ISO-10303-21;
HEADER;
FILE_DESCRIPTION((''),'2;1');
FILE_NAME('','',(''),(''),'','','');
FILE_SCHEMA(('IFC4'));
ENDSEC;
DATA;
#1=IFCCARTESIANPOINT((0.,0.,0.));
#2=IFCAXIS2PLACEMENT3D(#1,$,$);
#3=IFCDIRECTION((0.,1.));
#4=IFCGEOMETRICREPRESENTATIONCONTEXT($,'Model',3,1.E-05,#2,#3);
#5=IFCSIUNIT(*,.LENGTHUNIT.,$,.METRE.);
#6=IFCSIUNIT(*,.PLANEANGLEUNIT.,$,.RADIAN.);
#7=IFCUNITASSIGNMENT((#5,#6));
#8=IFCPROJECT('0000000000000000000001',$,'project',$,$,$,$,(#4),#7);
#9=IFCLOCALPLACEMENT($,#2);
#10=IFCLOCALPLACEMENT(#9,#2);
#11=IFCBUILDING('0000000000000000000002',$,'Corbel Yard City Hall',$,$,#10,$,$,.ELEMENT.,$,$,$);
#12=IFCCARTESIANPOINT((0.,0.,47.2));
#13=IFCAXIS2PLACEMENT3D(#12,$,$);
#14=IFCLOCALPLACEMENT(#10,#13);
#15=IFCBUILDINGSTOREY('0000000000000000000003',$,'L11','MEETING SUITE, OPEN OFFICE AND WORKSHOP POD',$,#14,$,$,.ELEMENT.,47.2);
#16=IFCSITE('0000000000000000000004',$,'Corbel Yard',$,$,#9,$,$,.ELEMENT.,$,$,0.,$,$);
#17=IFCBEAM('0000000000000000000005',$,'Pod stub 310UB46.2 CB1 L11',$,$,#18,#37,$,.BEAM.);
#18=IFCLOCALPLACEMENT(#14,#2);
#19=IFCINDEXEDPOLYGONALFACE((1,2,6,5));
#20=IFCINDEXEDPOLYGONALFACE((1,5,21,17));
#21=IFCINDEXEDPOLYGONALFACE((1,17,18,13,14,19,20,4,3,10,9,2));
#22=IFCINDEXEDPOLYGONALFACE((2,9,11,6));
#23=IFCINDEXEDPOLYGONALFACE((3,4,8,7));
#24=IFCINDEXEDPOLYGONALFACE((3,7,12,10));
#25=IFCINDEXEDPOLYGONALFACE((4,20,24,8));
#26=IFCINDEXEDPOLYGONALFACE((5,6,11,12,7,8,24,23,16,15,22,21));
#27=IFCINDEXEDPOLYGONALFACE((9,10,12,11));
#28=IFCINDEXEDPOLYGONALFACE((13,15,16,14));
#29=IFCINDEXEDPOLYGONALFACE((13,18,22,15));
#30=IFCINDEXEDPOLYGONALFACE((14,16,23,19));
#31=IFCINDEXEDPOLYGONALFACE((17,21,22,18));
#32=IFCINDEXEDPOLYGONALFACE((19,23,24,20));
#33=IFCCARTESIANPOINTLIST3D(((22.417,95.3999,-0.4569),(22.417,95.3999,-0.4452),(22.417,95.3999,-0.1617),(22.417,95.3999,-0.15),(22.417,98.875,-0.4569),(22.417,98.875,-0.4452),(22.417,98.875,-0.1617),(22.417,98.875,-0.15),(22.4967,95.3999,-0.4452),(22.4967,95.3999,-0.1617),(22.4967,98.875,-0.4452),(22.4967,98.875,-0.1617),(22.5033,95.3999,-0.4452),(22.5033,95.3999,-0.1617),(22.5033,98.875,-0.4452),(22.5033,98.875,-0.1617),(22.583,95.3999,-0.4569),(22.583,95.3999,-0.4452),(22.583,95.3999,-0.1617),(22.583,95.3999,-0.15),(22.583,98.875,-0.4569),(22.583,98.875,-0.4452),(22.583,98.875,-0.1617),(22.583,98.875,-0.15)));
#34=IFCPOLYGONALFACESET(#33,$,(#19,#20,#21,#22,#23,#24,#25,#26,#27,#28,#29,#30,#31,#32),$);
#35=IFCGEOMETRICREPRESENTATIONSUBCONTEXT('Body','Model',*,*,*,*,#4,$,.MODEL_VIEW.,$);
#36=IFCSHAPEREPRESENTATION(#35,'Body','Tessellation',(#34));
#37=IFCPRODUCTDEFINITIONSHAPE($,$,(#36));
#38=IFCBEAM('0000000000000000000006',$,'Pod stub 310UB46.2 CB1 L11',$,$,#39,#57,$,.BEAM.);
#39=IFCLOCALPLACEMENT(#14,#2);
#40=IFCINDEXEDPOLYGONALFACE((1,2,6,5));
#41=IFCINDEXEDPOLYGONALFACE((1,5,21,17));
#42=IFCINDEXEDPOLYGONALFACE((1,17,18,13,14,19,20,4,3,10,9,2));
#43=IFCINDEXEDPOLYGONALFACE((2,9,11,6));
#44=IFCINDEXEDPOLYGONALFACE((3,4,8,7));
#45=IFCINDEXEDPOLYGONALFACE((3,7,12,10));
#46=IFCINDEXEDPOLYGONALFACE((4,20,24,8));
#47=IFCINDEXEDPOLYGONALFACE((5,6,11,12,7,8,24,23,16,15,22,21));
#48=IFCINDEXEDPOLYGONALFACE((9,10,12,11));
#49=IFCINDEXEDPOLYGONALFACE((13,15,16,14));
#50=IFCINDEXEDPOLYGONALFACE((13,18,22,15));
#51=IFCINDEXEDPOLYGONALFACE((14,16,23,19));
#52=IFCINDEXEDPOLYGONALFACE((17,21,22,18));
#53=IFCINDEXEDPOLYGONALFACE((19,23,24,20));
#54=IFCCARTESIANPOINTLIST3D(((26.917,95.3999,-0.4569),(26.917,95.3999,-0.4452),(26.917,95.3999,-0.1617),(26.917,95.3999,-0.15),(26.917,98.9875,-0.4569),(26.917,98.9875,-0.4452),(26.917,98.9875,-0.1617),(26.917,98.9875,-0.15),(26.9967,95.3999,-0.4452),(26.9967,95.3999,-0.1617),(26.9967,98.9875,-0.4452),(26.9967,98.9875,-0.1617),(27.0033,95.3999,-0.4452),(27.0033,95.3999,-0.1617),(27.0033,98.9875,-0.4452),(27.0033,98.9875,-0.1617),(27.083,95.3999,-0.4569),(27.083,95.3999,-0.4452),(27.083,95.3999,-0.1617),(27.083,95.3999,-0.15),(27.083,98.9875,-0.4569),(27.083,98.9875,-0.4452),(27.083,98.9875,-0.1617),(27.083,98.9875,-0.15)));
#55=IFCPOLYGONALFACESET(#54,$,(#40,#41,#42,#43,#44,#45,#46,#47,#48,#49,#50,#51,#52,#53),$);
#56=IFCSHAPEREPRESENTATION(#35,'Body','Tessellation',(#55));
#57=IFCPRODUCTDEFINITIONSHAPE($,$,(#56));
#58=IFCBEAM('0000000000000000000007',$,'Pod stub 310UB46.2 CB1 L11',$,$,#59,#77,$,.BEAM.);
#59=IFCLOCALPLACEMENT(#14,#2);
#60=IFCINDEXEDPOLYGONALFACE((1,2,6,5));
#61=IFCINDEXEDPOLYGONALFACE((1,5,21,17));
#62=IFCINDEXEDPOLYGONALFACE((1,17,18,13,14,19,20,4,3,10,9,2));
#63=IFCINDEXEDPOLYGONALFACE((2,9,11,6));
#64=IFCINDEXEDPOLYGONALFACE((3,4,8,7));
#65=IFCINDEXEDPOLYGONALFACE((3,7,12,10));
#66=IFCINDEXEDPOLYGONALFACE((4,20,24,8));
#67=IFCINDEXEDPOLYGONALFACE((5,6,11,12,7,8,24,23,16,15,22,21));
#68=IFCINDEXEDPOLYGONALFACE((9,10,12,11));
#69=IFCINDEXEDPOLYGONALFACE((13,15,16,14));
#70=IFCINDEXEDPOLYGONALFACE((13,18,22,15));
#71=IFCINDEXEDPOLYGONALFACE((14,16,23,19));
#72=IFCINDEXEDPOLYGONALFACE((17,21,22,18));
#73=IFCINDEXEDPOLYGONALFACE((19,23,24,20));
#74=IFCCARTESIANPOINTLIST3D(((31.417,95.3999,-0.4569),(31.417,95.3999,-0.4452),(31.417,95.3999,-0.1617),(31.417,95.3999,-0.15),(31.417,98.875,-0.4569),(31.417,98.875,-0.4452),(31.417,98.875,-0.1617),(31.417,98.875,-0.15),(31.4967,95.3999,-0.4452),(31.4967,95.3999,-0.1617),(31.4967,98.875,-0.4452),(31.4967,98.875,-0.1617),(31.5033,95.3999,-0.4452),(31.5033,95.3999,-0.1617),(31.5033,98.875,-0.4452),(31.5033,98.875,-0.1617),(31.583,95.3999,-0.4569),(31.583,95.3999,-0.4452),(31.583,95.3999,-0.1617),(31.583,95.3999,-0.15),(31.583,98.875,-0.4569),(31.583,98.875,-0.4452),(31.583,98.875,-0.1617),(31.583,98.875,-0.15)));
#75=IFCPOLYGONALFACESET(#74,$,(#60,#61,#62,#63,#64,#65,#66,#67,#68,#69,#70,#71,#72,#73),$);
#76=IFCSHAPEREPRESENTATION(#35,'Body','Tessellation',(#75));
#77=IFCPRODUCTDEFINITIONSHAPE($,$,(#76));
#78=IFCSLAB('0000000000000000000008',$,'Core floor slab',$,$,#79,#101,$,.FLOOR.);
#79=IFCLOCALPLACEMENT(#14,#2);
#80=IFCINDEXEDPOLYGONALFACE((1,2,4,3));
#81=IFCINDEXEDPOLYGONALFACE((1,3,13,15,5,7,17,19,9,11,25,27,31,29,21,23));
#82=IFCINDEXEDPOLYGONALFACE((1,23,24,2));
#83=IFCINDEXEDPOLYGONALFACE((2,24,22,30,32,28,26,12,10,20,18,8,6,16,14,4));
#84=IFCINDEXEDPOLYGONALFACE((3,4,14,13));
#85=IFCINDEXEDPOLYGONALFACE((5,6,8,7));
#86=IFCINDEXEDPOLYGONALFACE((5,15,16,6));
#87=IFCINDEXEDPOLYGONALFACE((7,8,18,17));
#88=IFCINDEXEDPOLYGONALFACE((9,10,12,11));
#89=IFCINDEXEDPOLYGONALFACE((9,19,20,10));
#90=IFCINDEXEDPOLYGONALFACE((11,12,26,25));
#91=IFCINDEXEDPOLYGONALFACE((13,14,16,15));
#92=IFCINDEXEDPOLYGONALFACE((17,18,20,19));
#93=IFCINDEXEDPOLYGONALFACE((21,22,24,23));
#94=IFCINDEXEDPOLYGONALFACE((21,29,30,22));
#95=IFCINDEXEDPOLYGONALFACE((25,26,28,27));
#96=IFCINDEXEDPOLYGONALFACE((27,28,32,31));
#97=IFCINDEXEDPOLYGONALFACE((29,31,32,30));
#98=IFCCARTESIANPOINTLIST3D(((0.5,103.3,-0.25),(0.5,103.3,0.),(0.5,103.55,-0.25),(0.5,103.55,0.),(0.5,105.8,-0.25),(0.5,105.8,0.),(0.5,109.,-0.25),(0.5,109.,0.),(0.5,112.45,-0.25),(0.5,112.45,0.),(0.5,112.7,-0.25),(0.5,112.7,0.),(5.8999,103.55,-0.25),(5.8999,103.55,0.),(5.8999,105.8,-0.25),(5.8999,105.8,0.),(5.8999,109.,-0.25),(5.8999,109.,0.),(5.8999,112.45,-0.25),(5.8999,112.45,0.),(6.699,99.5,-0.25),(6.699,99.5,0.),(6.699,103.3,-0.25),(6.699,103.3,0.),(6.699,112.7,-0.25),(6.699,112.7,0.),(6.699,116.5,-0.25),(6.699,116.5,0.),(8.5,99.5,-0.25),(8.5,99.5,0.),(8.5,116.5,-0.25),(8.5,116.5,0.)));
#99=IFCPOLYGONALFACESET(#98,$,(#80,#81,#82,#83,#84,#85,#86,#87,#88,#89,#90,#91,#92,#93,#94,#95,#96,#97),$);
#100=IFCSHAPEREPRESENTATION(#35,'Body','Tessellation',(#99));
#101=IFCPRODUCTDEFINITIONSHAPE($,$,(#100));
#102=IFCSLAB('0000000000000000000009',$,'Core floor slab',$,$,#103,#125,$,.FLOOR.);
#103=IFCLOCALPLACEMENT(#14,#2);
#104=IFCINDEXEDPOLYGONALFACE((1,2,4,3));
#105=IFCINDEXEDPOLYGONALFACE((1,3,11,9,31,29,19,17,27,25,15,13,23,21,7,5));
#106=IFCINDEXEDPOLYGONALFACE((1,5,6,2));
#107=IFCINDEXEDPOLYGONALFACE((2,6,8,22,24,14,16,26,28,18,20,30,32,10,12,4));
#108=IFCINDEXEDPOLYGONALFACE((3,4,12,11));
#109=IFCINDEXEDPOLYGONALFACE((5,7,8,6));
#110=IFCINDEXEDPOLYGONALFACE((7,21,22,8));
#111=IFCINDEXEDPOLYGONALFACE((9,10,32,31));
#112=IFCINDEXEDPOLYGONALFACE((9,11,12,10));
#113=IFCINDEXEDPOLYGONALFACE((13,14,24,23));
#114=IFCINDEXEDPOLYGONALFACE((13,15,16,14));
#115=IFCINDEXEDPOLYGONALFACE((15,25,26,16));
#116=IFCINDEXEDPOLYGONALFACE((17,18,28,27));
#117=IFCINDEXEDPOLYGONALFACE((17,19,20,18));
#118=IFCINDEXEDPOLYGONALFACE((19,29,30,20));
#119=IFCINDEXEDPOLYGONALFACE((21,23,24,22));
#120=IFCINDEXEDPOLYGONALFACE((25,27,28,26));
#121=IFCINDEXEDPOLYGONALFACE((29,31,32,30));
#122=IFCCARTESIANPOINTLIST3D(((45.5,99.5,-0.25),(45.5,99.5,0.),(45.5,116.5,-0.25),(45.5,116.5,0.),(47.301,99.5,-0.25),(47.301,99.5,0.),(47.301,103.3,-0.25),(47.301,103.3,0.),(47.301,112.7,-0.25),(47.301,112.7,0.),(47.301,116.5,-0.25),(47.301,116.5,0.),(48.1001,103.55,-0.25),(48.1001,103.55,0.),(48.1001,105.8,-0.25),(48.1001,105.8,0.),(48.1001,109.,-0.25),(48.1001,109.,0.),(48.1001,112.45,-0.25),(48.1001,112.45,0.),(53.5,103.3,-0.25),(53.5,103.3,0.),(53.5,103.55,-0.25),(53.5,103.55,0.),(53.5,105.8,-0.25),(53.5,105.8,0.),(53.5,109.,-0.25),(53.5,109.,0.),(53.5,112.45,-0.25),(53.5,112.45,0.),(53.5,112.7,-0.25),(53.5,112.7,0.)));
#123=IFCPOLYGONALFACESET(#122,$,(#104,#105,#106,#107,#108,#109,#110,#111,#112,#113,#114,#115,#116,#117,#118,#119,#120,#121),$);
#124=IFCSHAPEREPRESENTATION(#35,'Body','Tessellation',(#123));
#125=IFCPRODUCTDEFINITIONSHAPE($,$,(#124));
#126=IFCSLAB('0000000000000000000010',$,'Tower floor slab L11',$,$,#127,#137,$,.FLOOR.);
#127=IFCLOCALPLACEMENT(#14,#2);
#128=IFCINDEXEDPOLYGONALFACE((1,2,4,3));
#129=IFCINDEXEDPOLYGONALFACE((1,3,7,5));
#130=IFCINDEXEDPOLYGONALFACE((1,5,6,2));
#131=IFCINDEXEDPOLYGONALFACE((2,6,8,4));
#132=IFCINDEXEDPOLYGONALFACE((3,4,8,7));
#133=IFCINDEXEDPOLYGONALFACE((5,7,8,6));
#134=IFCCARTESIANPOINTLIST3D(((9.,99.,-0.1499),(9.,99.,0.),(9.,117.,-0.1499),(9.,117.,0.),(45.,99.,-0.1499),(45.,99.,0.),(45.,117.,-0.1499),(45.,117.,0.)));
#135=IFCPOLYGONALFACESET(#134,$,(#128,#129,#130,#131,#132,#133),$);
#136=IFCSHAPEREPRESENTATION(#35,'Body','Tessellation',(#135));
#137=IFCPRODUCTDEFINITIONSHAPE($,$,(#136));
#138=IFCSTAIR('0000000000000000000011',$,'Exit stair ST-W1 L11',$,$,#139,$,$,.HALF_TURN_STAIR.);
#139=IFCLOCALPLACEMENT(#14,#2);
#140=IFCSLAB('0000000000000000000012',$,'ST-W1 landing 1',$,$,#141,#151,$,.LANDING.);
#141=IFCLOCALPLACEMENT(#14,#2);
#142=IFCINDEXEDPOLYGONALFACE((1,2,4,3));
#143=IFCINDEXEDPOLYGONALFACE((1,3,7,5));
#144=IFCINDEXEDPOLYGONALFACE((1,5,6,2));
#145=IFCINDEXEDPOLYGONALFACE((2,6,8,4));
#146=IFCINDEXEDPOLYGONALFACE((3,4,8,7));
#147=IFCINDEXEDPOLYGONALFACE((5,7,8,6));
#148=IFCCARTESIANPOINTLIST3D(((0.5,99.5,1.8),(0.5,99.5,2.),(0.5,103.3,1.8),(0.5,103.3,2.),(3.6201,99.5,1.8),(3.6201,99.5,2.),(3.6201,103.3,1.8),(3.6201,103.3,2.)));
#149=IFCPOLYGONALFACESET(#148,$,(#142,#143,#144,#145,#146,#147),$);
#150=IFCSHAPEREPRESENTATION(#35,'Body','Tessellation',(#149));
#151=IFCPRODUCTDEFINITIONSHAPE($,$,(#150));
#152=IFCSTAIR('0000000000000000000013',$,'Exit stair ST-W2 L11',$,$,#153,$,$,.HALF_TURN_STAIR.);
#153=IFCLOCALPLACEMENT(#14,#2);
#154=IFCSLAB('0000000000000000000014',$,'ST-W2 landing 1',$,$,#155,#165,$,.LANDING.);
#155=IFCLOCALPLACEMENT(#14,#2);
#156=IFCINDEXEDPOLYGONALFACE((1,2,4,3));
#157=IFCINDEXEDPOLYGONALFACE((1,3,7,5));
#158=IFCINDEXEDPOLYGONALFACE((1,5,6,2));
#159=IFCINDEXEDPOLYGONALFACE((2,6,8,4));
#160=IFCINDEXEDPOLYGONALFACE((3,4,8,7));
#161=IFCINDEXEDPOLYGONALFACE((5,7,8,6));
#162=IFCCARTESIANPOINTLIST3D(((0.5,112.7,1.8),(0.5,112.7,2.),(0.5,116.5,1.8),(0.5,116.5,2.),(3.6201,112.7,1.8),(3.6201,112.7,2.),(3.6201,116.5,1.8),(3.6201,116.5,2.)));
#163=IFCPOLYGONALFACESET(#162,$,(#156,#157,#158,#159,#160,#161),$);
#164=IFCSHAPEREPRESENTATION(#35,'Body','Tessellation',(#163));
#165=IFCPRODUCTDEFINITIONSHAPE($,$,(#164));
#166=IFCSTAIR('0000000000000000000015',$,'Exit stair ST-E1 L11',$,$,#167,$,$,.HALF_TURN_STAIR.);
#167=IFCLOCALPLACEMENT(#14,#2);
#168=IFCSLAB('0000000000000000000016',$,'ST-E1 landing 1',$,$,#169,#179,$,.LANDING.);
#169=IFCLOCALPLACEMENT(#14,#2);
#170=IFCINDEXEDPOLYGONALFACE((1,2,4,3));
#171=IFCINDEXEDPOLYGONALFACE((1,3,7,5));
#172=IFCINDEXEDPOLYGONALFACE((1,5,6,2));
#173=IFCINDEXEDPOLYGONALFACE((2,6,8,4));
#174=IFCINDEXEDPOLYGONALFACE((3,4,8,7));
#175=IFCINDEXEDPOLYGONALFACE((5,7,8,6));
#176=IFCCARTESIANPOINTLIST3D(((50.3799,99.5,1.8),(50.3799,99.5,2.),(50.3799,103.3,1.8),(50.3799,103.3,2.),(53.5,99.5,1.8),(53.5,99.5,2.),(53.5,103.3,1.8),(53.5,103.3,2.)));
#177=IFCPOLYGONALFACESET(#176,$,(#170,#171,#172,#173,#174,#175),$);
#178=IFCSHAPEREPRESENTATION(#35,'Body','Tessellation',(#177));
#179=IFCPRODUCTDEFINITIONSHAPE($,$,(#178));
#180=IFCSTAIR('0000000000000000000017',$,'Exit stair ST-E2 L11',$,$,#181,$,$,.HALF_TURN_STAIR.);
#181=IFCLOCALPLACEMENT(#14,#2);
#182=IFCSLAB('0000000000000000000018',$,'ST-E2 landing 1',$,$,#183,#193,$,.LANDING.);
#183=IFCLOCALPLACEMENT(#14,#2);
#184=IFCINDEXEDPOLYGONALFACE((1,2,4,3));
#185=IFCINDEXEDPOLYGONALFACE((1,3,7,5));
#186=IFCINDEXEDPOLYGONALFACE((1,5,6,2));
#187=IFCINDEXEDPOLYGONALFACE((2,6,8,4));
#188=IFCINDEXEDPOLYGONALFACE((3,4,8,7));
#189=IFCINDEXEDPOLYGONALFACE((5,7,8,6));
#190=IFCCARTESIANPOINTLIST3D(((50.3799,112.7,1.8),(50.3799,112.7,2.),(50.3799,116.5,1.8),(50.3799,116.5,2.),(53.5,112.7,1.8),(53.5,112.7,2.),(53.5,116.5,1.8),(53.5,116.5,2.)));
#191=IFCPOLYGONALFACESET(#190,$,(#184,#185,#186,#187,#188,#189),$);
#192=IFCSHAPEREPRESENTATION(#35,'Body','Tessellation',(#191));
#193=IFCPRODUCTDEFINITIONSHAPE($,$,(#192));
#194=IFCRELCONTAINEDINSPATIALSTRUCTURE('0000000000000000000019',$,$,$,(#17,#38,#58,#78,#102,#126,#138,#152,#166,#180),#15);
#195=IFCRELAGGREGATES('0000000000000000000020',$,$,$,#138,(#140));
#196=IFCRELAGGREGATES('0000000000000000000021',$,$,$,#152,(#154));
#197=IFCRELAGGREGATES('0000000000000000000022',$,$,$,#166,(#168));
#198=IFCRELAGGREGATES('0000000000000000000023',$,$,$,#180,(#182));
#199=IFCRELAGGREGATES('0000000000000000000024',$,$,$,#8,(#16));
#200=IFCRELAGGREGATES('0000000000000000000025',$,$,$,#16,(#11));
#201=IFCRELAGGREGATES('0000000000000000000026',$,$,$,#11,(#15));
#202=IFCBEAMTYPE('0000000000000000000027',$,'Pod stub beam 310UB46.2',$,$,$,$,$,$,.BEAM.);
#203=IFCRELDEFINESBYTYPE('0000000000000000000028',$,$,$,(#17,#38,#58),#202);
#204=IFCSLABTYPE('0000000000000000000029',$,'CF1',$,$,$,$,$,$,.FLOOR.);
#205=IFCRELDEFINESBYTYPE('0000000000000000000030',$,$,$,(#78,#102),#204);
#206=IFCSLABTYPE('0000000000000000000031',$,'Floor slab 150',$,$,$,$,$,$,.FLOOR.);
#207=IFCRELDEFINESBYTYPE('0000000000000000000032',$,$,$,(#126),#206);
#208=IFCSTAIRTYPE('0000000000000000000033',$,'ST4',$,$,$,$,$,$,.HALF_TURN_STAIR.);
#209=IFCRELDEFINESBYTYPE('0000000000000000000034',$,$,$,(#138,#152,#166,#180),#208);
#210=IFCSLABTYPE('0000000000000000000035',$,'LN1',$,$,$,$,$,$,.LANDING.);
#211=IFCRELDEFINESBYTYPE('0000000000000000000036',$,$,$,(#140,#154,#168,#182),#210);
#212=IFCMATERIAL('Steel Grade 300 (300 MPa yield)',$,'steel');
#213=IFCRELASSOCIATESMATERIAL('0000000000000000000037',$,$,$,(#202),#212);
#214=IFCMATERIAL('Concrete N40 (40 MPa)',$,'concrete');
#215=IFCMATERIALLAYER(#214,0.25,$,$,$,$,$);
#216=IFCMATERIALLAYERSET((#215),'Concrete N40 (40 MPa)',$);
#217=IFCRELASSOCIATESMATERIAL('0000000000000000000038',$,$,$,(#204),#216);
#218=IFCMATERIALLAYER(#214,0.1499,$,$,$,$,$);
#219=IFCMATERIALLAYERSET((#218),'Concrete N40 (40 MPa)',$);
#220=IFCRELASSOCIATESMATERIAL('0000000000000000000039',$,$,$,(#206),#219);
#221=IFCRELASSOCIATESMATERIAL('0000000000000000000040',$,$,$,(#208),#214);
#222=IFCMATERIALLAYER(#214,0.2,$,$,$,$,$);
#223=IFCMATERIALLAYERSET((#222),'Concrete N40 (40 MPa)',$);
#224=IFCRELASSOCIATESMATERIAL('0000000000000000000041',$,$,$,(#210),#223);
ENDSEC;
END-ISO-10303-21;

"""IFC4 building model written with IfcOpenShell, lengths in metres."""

from ifc_helpers import new_model, si_unit, direction, frame, origin, origin_2d, place, context, subcontext, project, spatial, polyline, i_section, outline, extrude, material, layer, layer_set, material_profile, profile_set, type_object, element, aggregate, save


model = new_model("IFC4")

# Units and contexts
model_context = context("Model", 3, precision=1e-05, world=origin(), true_north=direction((0.0, 1.0)))
body_context = subcontext(model_context, "Body", "Model", "MODEL_VIEW")
ifc_project = project(units=[si_unit("LENGTHUNIT", "METRE"), si_unit("PLANEANGLEUNIT", "RADIAN")], contexts=[model_context])

# Site, building, storey
site_placement = place(None, origin())
site = spatial("IfcSite", under=ifc_project, at=site_placement, Name="Corbel Yard", CompositionType="ELEMENT", RefElevation=0.0)
building_placement = place(site_placement, origin())
building = spatial("IfcBuilding", under=site, at=building_placement, Name="Corbel Yard City Hall", CompositionType="ELEMENT")
storey_placement = place(building_placement, frame((0.0, 0.0, 47.2)))
storey = spatial("IfcBuildingStorey", under=building, at=storey_placement, Name="L11", Description="MEETING SUITE, OPEN OFFICE AND WORKSHOP POD", CompositionType="ELEMENT", Elevation=47.2)

# Beams
ifc_material_1 = material(Name="Steel Grade 300 (300 MPa yield)", Category="steel")
ifc_material_profile = material_profile(ifc_material_1, i_section(OverallWidth=0.166, OverallDepth=0.3069, WebThickness=0.0066, FlangeThickness=0.0117, at=origin_2d()), Name="310UB46.2")
ifc_profile_set = profile_set([ifc_material_profile], Name="Steel Grade 300 (300 MPa yield)")
beam_type = type_object("IfcBeamType", Name="Pod stub beam 310UB46.2", PredefinedType="BEAM", material=ifc_profile_set)
beam_1_placement = place(storey_placement, frame((22.5, 95.3999, -0.3035), z_axis=(0.0, 1.0, 0.0), x_axis=(-1.0, 0.0, 0.0)))
element("IfcBeam", 1, at=beam_1_placement, inside=storey, type_object=beam_type, Name="Pod stub 310UB46.2 CB1 L11", PredefinedType="BEAM", context=body_context, shape_type="SweptSolid", body=[
    extrude(i_section(OverallWidth=0.166, OverallDepth=0.3069, WebThickness=0.0066, FlangeThickness=0.0117, at=origin_2d()), origin(), (0.0, 0.0, 1.0), 3.4751),
])
beam_2_placement = place(storey_placement, frame((27.0, 95.3999, -0.3035), z_axis=(0.0, 1.0, 0.0), x_axis=(-1.0, 0.0, 0.0)))
element("IfcBeam", 2, at=beam_2_placement, inside=storey, type_object=beam_type, Name="Pod stub 310UB46.2 CB1 L11", PredefinedType="BEAM", context=body_context, shape_type="SweptSolid", body=[
    extrude(i_section(OverallWidth=0.166, OverallDepth=0.3069, WebThickness=0.0066, FlangeThickness=0.0117, at=origin_2d()), origin(), (0.0, 0.0, 1.0), 3.5876),
])
beam_3_placement = place(storey_placement, frame((31.5, 95.3999, -0.3035), z_axis=(0.0, 1.0, 0.0), x_axis=(-1.0, 0.0, 0.0)))
element("IfcBeam", 3, at=beam_3_placement, inside=storey, type_object=beam_type, Name="Pod stub 310UB46.2 CB1 L11", PredefinedType="BEAM", context=body_context, shape_type="SweptSolid", body=[
    extrude(i_section(OverallWidth=0.166, OverallDepth=0.3069, WebThickness=0.0066, FlangeThickness=0.0117, at=origin_2d()), origin(), (0.0, 0.0, 1.0), 3.4751),
])

# Slabs
ifc_material_2 = material(Name="Concrete N40 (40 MPa)", Category="concrete")
ifc_layer_1 = layer(ifc_material_2, 0.25)
ifc_layer_set_1 = layer_set([ifc_layer_1], Name="Concrete N40 (40 MPa)")
slab_type_1 = type_object("IfcSlabType", Name="CF1", PredefinedType="FLOOR", material=ifc_layer_set_1)
slab_1_placement = place(storey_placement, frame((0.0, 0.0, -0.25)))
element("IfcSlab", 4, at=slab_1_placement, inside=storey, type_object=slab_type_1, Name="Core floor slab", PredefinedType="FLOOR", context=body_context, shape_type="SweptSolid", body=[
    extrude(outline(polyline([(8.5, 116.5), (6.699, 116.5), (6.699, 112.7), (0.5, 112.7), (0.5, 112.45), (5.8999, 112.45), (5.8999, 109.0), (0.5, 109.0), (0.5, 105.8), (5.8999, 105.8), (5.8999, 103.55), (0.5, 103.55), (0.5, 103.3), (6.699, 103.3), (6.699, 99.5), (8.5, 99.5), (8.5, 116.5)])), origin(), (0.0, 0.0, 1.0), 0.25),
])
slab_2_placement = place(storey_placement, frame((0.0, 0.0, -0.25)))
element("IfcSlab", 5, at=slab_2_placement, inside=storey, type_object=slab_type_1, Name="Core floor slab", PredefinedType="FLOOR", context=body_context, shape_type="SweptSolid", body=[
    extrude(outline(polyline([(53.5, 103.3), (53.5, 103.55), (48.1001, 103.55), (48.1001, 105.8), (53.5, 105.8), (53.5, 109.0), (48.1001, 109.0), (48.1001, 112.45), (53.5, 112.45), (53.5, 112.7), (47.301, 112.7), (47.301, 116.5), (45.5, 116.5), (45.5, 99.5), (47.301, 99.5), (47.301, 103.3), (53.5, 103.3)])), origin(), (0.0, 0.0, 1.0), 0.25),
])
ifc_layer_2 = layer(ifc_material_2, 0.1499)
ifc_layer_set_2 = layer_set([ifc_layer_2], Name="Concrete N40 (40 MPa)")
slab_type_2 = type_object("IfcSlabType", Name="Floor slab 150", PredefinedType="FLOOR", material=ifc_layer_set_2)
slab_3_placement = place(storey_placement, frame((0.0, 0.0, -0.1499)))
element("IfcSlab", 6, at=slab_3_placement, inside=storey, type_object=slab_type_2, Name="Tower floor slab L11", PredefinedType="FLOOR", context=body_context, shape_type="SweptSolid", body=[
    extrude(outline(polyline([(45.0, 99.0), (45.0, 117.0), (9.0, 117.0), (9.0, 99.0), (45.0, 99.0)])), origin(), (0.0, 0.0, 1.0), 0.1499),
])

# Stairs, slabs
stair_type = type_object("IfcStairType", Name="ST4", PredefinedType="HALF_TURN_STAIR", material=ifc_material_2)
stair_1_placement = place(storey_placement, origin())
stair_1 = element("IfcStair", 7, at=stair_1_placement, inside=storey, type_object=stair_type, Name="Exit stair ST-W1 L11", PredefinedType="HALF_TURN_STAIR")
ifc_layer_3 = layer(ifc_material_2, 0.2)
ifc_layer_set_3 = layer_set([ifc_layer_3], Name="Concrete N40 (40 MPa)")
slab_type_3 = type_object("IfcSlabType", Name="LN1", PredefinedType="LANDING", material=ifc_layer_set_3)
slab_4_placement = place(storey_placement, frame((0.0, 0.0, 1.8)))
slab_4 = element("IfcSlab", 8, at=slab_4_placement, type_object=slab_type_3, Name="ST-W1 landing 1", PredefinedType="LANDING", context=body_context, shape_type="SweptSolid", body=[
    extrude(outline(polyline([(0.5, 99.5), (3.6201, 99.5), (3.6201, 103.3), (0.5, 103.3), (0.5, 99.5)])), origin(), (0.0, 0.0, 1.0), 0.2),
])
aggregate(stair_1, [slab_4])
stair_2_placement = place(storey_placement, origin())
stair_2 = element("IfcStair", 9, at=stair_2_placement, inside=storey, type_object=stair_type, Name="Exit stair ST-W2 L11", PredefinedType="HALF_TURN_STAIR")
slab_5_placement = place(storey_placement, frame((0.0, 0.0, 1.8)))
slab_5 = element("IfcSlab", 10, at=slab_5_placement, type_object=slab_type_3, Name="ST-W2 landing 1", PredefinedType="LANDING", context=body_context, shape_type="SweptSolid", body=[
    extrude(outline(polyline([(0.5, 112.7), (3.6201, 112.7), (3.6201, 116.5), (0.5, 116.5), (0.5, 112.7)])), origin(), (0.0, 0.0, 1.0), 0.2),
])
aggregate(stair_2, [slab_5])
stair_3_placement = place(storey_placement, origin())
stair_3 = element("IfcStair", 11, at=stair_3_placement, inside=storey, type_object=stair_type, Name="Exit stair ST-E1 L11", PredefinedType="HALF_TURN_STAIR")
slab_6_placement = place(storey_placement, frame((0.0, 0.0, 1.8)))
slab_6 = element("IfcSlab", 12, at=slab_6_placement, type_object=slab_type_3, Name="ST-E1 landing 1", PredefinedType="LANDING", context=body_context, shape_type="SweptSolid", body=[
    extrude(outline(polyline([(50.3799, 99.5), (53.5, 99.5), (53.5, 103.3), (50.3799, 103.3), (50.3799, 99.5)])), origin(), (0.0, 0.0, 1.0), 0.2),
])
aggregate(stair_3, [slab_6])
stair_4_placement = place(storey_placement, origin())
stair_4 = element("IfcStair", 13, at=stair_4_placement, inside=storey, type_object=stair_type, Name="Exit stair ST-E2 L11", PredefinedType="HALF_TURN_STAIR")
slab_7_placement = place(storey_placement, frame((0.0, 0.0, 1.8)))
slab_7 = element("IfcSlab", 14, at=slab_7_placement, type_object=slab_type_3, Name="ST-E2 landing 1", PredefinedType="LANDING", context=body_context, shape_type="SweptSolid", body=[
    extrude(outline(polyline([(50.3799, 112.7), (53.5, 112.7), (53.5, 116.5), (50.3799, 116.5), (50.3799, 112.7)])), origin(), (0.0, 0.0, 1.0), 0.2),
])
aggregate(stair_4, [slab_7])

save(model, "model.ifc")
